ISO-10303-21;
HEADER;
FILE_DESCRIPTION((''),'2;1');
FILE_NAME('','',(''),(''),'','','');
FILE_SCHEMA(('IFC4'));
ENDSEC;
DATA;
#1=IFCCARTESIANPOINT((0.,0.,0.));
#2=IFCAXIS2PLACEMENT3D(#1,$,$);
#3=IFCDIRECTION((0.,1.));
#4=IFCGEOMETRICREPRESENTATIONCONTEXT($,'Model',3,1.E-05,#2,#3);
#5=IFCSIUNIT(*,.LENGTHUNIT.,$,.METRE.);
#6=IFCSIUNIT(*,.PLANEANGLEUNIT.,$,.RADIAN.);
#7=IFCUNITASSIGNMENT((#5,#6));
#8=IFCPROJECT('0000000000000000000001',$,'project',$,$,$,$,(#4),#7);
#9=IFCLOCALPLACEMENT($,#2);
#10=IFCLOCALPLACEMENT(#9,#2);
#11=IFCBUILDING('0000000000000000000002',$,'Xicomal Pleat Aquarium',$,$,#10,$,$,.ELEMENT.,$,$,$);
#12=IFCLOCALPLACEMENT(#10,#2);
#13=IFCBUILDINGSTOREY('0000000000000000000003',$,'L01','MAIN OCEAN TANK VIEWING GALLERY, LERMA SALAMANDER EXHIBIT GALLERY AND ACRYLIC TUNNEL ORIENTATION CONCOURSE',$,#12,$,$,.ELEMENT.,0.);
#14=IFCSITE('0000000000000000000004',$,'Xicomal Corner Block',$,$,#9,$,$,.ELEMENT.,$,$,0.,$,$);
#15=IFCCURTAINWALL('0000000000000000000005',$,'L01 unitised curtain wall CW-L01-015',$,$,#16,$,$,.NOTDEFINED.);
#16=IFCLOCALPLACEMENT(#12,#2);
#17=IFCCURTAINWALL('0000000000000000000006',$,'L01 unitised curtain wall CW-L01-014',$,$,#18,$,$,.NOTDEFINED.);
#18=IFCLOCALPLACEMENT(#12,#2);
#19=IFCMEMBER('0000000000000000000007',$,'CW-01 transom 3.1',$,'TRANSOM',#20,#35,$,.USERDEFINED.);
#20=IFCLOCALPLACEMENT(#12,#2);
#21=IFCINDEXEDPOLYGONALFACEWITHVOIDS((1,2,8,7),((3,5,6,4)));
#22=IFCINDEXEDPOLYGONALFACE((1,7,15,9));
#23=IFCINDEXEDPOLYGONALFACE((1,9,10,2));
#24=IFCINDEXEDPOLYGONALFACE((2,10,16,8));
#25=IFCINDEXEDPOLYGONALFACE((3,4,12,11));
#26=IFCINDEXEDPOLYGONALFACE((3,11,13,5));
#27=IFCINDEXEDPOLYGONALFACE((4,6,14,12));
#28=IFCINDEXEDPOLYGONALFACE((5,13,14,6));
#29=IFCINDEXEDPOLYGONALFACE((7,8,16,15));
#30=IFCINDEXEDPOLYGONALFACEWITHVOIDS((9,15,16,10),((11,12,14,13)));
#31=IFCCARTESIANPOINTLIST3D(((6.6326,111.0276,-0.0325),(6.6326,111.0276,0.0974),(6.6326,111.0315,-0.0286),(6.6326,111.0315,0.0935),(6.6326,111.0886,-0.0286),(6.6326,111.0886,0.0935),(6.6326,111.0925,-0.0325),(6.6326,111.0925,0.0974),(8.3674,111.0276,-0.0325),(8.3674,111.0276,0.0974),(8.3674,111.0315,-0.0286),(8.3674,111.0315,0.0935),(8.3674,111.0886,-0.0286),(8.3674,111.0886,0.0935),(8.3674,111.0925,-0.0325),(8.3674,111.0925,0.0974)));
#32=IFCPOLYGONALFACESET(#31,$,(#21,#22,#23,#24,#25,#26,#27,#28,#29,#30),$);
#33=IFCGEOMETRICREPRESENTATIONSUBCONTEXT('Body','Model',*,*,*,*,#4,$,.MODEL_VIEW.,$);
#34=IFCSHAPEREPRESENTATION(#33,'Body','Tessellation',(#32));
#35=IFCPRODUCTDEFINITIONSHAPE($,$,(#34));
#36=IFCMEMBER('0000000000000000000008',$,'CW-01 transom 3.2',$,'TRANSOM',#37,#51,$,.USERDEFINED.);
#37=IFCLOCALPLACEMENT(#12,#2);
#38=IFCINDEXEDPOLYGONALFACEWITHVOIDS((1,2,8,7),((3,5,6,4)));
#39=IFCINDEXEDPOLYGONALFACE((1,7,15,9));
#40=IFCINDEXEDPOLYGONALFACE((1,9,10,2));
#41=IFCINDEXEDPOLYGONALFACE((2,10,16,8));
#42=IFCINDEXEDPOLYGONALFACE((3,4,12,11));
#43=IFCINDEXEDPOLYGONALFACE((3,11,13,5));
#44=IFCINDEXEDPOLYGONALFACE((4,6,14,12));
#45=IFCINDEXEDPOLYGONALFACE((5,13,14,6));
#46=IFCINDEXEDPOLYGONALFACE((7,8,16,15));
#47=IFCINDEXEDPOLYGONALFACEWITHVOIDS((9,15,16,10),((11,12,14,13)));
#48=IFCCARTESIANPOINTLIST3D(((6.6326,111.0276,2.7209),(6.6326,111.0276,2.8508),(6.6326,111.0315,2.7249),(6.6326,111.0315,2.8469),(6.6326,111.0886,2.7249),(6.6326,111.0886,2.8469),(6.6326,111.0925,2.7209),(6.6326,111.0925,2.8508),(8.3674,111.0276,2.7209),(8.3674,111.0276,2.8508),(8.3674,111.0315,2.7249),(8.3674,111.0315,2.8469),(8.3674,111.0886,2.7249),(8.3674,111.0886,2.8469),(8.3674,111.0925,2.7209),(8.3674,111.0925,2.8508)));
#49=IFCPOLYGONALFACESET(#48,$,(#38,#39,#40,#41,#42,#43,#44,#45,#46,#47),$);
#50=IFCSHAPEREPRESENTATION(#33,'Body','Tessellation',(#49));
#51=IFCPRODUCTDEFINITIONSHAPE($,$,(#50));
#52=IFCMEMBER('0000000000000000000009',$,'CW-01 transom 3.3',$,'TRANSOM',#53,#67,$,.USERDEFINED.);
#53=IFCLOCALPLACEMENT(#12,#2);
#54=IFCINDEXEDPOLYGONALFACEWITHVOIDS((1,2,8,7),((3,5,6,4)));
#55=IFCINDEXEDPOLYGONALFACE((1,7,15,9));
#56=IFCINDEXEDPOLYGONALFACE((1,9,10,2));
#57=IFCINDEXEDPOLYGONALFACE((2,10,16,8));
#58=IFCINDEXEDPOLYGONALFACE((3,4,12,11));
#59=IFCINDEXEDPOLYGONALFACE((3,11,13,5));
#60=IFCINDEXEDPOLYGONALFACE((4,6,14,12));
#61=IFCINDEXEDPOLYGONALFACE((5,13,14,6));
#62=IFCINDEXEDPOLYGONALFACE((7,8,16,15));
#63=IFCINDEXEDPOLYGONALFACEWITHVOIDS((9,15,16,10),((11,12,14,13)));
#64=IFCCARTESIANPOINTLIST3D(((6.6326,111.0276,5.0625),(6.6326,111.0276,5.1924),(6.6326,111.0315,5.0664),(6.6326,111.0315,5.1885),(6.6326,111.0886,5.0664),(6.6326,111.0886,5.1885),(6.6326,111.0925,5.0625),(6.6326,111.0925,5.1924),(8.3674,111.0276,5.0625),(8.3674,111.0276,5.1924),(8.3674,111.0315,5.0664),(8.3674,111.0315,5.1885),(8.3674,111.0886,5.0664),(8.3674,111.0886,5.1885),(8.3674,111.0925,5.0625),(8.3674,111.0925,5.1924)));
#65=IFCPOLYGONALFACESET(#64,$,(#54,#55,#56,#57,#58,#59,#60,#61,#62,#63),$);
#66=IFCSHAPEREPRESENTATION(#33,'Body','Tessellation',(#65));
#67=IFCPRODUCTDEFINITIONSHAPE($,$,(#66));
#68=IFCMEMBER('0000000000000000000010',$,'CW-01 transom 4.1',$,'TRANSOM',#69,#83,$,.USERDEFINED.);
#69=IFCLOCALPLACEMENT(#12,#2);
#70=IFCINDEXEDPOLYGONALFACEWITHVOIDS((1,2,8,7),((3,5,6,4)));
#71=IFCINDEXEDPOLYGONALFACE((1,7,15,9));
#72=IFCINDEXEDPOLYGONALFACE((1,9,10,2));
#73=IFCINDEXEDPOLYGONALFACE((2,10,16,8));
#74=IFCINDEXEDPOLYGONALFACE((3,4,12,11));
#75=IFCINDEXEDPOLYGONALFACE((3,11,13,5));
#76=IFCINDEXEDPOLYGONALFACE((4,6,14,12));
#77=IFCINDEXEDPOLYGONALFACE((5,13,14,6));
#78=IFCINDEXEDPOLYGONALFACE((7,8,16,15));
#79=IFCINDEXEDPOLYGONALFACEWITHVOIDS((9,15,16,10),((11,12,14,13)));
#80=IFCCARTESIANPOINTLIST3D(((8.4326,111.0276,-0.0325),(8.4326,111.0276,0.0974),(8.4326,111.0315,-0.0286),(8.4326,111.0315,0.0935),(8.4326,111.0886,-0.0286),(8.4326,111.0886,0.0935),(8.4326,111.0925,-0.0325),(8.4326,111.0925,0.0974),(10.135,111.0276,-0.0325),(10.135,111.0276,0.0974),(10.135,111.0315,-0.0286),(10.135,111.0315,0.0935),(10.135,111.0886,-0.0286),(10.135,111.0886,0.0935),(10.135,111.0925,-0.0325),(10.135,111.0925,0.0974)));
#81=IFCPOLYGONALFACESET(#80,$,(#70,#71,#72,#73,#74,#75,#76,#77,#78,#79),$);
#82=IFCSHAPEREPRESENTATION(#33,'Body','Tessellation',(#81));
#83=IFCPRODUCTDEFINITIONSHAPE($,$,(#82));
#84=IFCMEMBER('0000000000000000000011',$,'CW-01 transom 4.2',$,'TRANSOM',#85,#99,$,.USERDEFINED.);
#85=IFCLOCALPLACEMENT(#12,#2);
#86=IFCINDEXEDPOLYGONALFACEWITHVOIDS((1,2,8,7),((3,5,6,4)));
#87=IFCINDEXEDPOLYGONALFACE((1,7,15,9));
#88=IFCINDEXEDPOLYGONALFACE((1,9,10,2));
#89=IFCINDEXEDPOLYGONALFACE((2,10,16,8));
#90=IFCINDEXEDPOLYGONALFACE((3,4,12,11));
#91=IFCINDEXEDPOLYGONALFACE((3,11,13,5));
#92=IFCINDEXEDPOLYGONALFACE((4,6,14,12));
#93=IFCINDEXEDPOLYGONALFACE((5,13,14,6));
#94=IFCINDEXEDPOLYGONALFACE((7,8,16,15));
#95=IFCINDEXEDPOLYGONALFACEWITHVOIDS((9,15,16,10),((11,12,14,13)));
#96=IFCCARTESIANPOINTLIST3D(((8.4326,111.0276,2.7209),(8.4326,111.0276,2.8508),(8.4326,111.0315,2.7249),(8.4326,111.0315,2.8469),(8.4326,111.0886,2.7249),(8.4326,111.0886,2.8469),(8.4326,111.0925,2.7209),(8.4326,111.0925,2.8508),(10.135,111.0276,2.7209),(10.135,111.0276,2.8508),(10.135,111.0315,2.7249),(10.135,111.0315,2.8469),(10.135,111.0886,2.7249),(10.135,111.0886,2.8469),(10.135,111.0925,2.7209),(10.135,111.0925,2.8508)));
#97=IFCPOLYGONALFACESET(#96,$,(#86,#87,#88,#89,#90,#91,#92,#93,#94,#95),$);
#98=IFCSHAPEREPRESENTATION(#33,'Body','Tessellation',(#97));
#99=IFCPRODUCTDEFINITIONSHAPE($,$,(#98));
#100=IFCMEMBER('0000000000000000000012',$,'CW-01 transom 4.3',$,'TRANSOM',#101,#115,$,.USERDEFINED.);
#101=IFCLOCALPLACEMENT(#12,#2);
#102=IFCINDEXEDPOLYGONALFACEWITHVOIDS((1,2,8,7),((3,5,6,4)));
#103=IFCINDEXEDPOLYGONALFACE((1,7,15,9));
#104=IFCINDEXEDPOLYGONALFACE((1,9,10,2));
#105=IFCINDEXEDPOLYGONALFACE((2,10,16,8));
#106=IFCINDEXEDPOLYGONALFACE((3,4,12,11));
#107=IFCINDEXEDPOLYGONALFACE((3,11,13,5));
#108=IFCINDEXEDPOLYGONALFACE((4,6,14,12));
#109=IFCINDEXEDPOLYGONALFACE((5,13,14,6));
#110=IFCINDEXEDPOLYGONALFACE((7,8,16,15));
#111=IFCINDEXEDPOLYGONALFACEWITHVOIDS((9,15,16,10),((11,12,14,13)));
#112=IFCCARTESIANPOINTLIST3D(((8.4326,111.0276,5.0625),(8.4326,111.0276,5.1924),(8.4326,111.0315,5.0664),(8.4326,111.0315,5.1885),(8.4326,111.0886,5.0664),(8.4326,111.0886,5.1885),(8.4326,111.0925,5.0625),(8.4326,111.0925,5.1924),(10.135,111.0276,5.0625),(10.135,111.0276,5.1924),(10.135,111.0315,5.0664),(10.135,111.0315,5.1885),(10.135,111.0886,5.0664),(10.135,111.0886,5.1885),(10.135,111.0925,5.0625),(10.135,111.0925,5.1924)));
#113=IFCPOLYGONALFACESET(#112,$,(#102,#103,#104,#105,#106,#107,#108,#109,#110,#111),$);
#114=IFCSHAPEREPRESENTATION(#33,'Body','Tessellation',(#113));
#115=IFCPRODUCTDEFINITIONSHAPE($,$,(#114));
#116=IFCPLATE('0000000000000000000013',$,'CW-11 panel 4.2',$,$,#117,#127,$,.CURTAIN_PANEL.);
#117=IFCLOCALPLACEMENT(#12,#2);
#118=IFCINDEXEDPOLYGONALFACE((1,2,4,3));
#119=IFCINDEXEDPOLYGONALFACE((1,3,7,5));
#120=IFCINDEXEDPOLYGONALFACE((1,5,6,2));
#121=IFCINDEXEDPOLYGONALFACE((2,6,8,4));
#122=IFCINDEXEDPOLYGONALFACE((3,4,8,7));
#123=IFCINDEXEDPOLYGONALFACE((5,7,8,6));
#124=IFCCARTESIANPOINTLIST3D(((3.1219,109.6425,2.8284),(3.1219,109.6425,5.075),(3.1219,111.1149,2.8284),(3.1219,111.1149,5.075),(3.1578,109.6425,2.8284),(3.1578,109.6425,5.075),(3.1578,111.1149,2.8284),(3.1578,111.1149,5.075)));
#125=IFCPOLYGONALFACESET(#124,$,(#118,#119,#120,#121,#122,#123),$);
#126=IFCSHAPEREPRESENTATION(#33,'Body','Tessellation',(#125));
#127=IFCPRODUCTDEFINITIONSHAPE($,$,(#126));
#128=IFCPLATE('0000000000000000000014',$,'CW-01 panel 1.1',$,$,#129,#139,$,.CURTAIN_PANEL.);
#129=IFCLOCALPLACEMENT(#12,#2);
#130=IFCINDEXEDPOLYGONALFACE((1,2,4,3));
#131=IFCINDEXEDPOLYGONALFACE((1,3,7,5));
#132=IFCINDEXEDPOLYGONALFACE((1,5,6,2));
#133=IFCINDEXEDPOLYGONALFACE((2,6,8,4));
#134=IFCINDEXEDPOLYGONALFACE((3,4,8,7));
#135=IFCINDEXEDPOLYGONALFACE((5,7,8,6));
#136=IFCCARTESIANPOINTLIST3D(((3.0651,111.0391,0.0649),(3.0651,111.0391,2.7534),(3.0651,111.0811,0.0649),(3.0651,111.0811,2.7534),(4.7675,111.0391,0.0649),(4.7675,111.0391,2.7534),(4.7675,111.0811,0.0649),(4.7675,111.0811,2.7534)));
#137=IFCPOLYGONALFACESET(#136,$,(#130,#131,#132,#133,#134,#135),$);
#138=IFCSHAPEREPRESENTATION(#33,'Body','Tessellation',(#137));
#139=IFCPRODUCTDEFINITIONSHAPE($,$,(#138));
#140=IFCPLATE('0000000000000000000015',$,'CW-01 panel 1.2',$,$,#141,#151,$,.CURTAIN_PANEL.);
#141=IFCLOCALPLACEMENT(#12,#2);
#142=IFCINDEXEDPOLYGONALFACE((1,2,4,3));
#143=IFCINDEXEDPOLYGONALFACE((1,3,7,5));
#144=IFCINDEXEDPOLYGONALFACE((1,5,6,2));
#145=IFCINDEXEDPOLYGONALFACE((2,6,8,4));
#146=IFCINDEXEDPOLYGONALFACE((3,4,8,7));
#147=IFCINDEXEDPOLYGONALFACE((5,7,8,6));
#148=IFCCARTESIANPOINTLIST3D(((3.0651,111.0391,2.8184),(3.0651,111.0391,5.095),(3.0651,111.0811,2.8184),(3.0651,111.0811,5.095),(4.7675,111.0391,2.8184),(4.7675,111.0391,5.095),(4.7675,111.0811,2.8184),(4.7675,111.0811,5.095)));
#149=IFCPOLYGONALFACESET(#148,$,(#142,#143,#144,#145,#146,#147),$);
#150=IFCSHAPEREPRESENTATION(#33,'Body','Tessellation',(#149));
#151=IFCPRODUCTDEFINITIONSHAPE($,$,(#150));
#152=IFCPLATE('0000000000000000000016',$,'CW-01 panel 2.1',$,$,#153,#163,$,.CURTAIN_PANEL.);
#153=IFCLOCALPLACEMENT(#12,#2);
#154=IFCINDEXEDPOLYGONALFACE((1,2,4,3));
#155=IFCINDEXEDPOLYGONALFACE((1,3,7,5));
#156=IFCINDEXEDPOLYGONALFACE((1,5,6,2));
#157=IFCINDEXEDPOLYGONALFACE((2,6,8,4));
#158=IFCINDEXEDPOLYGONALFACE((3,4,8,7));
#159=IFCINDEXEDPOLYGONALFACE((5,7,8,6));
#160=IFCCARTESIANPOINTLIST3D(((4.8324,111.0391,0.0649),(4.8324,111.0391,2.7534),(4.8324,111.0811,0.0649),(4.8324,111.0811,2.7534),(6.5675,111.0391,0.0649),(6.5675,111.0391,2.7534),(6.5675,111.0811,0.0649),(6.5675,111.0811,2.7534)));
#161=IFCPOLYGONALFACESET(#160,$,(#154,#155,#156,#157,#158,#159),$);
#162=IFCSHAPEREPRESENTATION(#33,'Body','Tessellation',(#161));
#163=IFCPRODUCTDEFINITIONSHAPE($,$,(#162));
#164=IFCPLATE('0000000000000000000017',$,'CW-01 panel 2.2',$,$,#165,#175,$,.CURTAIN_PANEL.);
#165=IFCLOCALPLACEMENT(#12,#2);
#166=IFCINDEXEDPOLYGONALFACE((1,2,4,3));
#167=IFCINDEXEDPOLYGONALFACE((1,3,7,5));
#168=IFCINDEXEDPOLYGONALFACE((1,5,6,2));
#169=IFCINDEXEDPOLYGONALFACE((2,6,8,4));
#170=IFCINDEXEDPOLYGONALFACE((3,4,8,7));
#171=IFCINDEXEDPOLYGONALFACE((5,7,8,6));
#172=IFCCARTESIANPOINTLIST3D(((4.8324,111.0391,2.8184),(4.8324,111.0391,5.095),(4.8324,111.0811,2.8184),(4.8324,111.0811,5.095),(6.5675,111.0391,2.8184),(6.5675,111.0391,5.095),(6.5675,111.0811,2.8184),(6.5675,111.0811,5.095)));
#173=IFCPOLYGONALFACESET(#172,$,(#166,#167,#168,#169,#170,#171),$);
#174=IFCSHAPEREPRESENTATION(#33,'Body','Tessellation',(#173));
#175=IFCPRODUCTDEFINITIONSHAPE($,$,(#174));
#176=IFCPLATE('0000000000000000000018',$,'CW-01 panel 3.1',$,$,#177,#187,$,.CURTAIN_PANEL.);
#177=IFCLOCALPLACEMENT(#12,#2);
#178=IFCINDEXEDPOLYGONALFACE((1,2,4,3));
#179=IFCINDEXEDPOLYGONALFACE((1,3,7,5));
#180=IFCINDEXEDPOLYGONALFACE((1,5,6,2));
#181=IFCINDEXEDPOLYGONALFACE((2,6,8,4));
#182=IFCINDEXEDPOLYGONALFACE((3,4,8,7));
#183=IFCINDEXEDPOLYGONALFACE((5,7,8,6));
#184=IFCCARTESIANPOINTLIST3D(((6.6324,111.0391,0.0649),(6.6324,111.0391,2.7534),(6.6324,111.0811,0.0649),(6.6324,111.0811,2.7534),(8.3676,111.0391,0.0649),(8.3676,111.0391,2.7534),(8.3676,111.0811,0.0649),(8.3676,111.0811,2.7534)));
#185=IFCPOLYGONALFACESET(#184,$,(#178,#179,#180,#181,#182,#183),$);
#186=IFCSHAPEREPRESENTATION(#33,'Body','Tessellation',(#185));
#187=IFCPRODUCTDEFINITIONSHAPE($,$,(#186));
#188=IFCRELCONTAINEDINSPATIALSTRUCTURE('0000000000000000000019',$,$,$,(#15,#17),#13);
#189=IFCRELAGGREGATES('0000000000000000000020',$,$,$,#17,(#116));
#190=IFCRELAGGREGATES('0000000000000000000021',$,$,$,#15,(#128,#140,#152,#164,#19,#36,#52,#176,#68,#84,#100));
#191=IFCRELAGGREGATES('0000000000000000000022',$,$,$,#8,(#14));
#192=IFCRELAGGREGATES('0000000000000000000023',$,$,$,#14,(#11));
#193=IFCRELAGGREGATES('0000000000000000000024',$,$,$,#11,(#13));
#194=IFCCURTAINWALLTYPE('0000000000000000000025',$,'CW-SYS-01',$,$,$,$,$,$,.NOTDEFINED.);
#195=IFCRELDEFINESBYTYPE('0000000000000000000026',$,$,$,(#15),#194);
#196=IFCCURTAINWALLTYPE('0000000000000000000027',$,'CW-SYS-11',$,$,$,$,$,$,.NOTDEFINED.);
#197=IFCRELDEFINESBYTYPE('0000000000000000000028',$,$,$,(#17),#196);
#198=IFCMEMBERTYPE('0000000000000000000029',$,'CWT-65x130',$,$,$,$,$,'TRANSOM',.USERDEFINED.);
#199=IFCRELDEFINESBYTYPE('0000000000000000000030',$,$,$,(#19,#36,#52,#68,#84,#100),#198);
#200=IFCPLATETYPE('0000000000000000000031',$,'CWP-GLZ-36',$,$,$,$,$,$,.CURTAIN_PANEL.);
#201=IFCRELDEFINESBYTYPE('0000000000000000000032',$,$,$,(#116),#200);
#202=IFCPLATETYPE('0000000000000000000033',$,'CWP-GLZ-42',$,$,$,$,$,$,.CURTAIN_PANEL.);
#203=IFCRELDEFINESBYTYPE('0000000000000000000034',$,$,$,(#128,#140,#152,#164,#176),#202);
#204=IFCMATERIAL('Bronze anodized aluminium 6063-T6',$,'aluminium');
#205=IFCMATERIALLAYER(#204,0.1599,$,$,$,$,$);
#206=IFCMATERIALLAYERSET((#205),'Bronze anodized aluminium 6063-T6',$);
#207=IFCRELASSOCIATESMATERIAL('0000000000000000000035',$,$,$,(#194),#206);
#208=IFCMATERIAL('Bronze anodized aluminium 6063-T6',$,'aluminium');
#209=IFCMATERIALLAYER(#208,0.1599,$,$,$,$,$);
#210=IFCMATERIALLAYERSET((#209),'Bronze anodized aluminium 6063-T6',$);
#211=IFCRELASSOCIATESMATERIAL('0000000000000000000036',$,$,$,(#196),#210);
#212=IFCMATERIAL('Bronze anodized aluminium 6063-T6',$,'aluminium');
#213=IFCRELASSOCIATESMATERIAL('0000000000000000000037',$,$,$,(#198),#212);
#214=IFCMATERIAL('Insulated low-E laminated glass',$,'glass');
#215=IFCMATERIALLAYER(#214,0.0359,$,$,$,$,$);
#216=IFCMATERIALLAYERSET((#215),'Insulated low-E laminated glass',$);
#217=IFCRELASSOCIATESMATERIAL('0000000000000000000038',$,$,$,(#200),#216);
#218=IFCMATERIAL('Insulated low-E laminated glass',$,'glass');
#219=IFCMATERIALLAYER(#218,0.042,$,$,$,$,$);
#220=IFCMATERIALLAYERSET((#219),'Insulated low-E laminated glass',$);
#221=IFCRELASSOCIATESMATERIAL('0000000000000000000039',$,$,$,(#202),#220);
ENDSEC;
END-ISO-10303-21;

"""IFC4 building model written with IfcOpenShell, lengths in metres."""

from ifc_helpers import new_model, si_unit, direction, frame, origin, origin_2d, place, context, subcontext, project, spatial, rectangle, hollow_rectangle, extrude, material, layer, layer_set, material_profile, profile_set, type_object, element, aggregate, save


model = new_model("IFC4")

# Units and contexts
model_context = context("Model", 3, precision=1e-05, world=origin(), true_north=direction((0.0, 1.0)))
body_context = subcontext(model_context, "Body", "Model", "MODEL_VIEW")
ifc_project = project(units=[si_unit("LENGTHUNIT", "METRE"), si_unit("PLANEANGLEUNIT", "RADIAN")], contexts=[model_context])

# Site, building, storey
site_placement = place(None, origin())
site = spatial("IfcSite", under=ifc_project, at=site_placement, Name="Xicomal Corner Block", CompositionType="ELEMENT", RefElevation=0.0)
building_placement = place(site_placement, origin())
building = spatial("IfcBuilding", under=site, at=building_placement, Name="Xicomal Pleat Aquarium", CompositionType="ELEMENT")
storey_placement = place(building_placement, origin())
storey = spatial("IfcBuildingStorey", under=building, at=storey_placement, Name="L01", Description="MAIN OCEAN TANK VIEWING GALLERY, LERMA SALAMANDER EXHIBIT GALLERY AND ACRYLIC TUNNEL ORIENTATION CONCOURSE", CompositionType="ELEMENT", Elevation=0.0)

# Curtain wall
ifc_material_1 = material(Name="Bronze anodized aluminium 6063-T6", Category="aluminium")
ifc_layer_1 = layer(ifc_material_1, 0.1599)
ifc_layer_set_1 = layer_set([ifc_layer_1], Name="Bronze anodized aluminium 6063-T6")
curtain_wall_type_1 = type_object("IfcCurtainWallType", Name="CW-SYS-01", PredefinedType="NOTDEFINED", material=ifc_layer_set_1)
curtain_wall_1_placement = place(storey_placement, origin())
curtain_wall_1 = element("IfcCurtainWall", 1, at=curtain_wall_1_placement, inside=storey, type_object=curtain_wall_type_1, Name="L01 unitised curtain wall CW-L01-015", PredefinedType="NOTDEFINED")

# Curtain wall
ifc_material_2 = material(Name="Bronze anodized aluminium 6063-T6", Category="aluminium")
ifc_layer_2 = layer(ifc_material_2, 0.1599)
ifc_layer_set_2 = layer_set([ifc_layer_2], Name="Bronze anodized aluminium 6063-T6")
curtain_wall_type_2 = type_object("IfcCurtainWallType", Name="CW-SYS-11", PredefinedType="NOTDEFINED", material=ifc_layer_set_2)
curtain_wall_2_placement = place(storey_placement, origin())
curtain_wall_2 = element("IfcCurtainWall", 2, at=curtain_wall_2_placement, inside=storey, type_object=curtain_wall_type_2, Name="L01 unitised curtain wall CW-L01-014", PredefinedType="NOTDEFINED")

# Members
ifc_material_3 = material(Name="Bronze anodized aluminium 6063-T6", Category="aluminium")
ifc_material_profile_1 = material_profile(ifc_material_3, hollow_rectangle(XDim=0.0649, YDim=0.1299, WallThickness=0.0039, at=origin_2d()), Name="ALU TRAN 65x130")
ifc_profile_set_1 = profile_set([ifc_material_profile_1], Name="Bronze anodized aluminium 6063-T6")
member_type_1 = type_object("IfcMemberType", Name="CWT-65x130", ElementType="TRANSOM", PredefinedType="USERDEFINED", material=ifc_profile_set_1)
member_1_placement = place(storey_placement, frame((6.6326, 111.0601, 0.0325), z_axis=(1.0, 0.0, 0.0), x_axis=(0.0, 1.0, 0.0)))
member_1 = element("IfcMember", 3, at=member_1_placement, type_object=member_type_1, Name="CW-01 transom 3.1", ObjectType="TRANSOM", PredefinedType="USERDEFINED", context=body_context, shape_type="SweptSolid", body=[
    extrude(hollow_rectangle(XDim=0.0649, YDim=0.1299, WallThickness=0.0039, at=origin_2d()), origin(), (0.0, 0.0, 1.0), 1.7349),
])
member_2_placement = place(storey_placement, frame((6.6326, 111.0601, 2.7859), z_axis=(1.0, 0.0, 0.0), x_axis=(0.0, 1.0, 0.0)))
member_2 = element("IfcMember", 4, at=member_2_placement, type_object=member_type_1, Name="CW-01 transom 3.2", ObjectType="TRANSOM", PredefinedType="USERDEFINED", context=body_context, shape_type="SweptSolid", body=[
    extrude(hollow_rectangle(XDim=0.0649, YDim=0.1299, WallThickness=0.0039, at=origin_2d()), origin(), (0.0, 0.0, 1.0), 1.7349),
])
member_3_placement = place(storey_placement, frame((6.6326, 111.0601, 5.1274), z_axis=(1.0, 0.0, 0.0), x_axis=(0.0, 1.0, 0.0)))
member_3 = element("IfcMember", 5, at=member_3_placement, type_object=member_type_1, Name="CW-01 transom 3.3", ObjectType="TRANSOM", PredefinedType="USERDEFINED", context=body_context, shape_type="SweptSolid", body=[
    extrude(hollow_rectangle(XDim=0.0649, YDim=0.1299, WallThickness=0.0039, at=origin_2d()), origin(), (0.0, 0.0, 1.0), 1.7349),
])
member_4_placement = place(storey_placement, frame((8.4326, 111.0601, 0.0325), z_axis=(1.0, 0.0, 0.0), x_axis=(0.0, 1.0, 0.0)))
member_4 = element("IfcMember", 6, at=member_4_placement, type_object=member_type_1, Name="CW-01 transom 4.1", ObjectType="TRANSOM", PredefinedType="USERDEFINED", context=body_context, shape_type="SweptSolid", body=[
    extrude(hollow_rectangle(XDim=0.0649, YDim=0.1299, WallThickness=0.0039, at=origin_2d()), origin(), (0.0, 0.0, 1.0), 1.7024),
])
member_5_placement = place(storey_placement, frame((8.4326, 111.0601, 2.7859), z_axis=(1.0, 0.0, 0.0), x_axis=(0.0, 1.0, 0.0)))
member_5 = element("IfcMember", 7, at=member_5_placement, type_object=member_type_1, Name="CW-01 transom 4.2", ObjectType="TRANSOM", PredefinedType="USERDEFINED", context=body_context, shape_type="SweptSolid", body=[
    extrude(hollow_rectangle(XDim=0.0649, YDim=0.1299, WallThickness=0.0039, at=origin_2d()), origin(), (0.0, 0.0, 1.0), 1.7024),
])
member_6_placement = place(storey_placement, frame((8.4326, 111.0601, 5.1274), z_axis=(1.0, 0.0, 0.0), x_axis=(0.0, 1.0, 0.0)))
member_6 = element("IfcMember", 8, at=member_6_placement, type_object=member_type_1, Name="CW-01 transom 4.3", ObjectType="TRANSOM", PredefinedType="USERDEFINED", context=body_context, shape_type="SweptSolid", body=[
    extrude(hollow_rectangle(XDim=0.0649, YDim=0.1299, WallThickness=0.0039, at=origin_2d()), origin(), (0.0, 0.0, 1.0), 1.7024),
])

# Plates
ifc_material_4 = material(Name="Insulated low-E laminated glass", Category="glass")
ifc_layer_3 = layer(ifc_material_4, 0.0359)
ifc_layer_set_3 = layer_set([ifc_layer_3], Name="Insulated low-E laminated glass")
plate_type_1 = type_object("IfcPlateType", Name="CWP-GLZ-36", PredefinedType="CURTAIN_PANEL", material=ifc_layer_set_3)
plate_1_placement = place(storey_placement, frame((3.1399, 110.3787, 2.8284), z_axis=(0.0, 0.0, 1.0), x_axis=(0.0, 1.0, 0.0)))
plate_1 = element("IfcPlate", 9, at=plate_1_placement, type_object=plate_type_1, Name="CW-11 panel 4.2", PredefinedType="CURTAIN_PANEL", context=body_context, shape_type="SweptSolid", body=[
    extrude(rectangle(XDim=1.4724, YDim=0.0359, at=origin_2d()), origin(), (0.0, 0.0, 1.0), 2.2466),
])
aggregate(curtain_wall_2, [plate_1])
ifc_material_5 = material(Name="Insulated low-E laminated glass", Category="glass")
ifc_layer_4 = layer(ifc_material_5, 0.042)
ifc_layer_set_4 = layer_set([ifc_layer_4], Name="Insulated low-E laminated glass")
plate_type_2 = type_object("IfcPlateType", Name="CWP-GLZ-42", PredefinedType="CURTAIN_PANEL", material=ifc_layer_set_4)
plate_2_placement = place(storey_placement, frame((3.9163, 111.0601, 0.0649), z_axis=(0.0, 0.0, 1.0), x_axis=(1.0, 0.0, 0.0)))
plate_2 = element("IfcPlate", 10, at=plate_2_placement, type_object=plate_type_2, Name="CW-01 panel 1.1", PredefinedType="CURTAIN_PANEL", context=body_context, shape_type="SweptSolid", body=[
    extrude(rectangle(XDim=1.7024, YDim=0.042, at=origin_2d()), origin(), (0.0, 0.0, 1.0), 2.6885),
])
plate_3_placement = place(storey_placement, frame((3.9163, 111.0601, 2.8184), z_axis=(0.0, 0.0, 1.0), x_axis=(1.0, 0.0, 0.0)))
plate_3 = element("IfcPlate", 11, at=plate_3_placement, type_object=plate_type_2, Name="CW-01 panel 1.2", PredefinedType="CURTAIN_PANEL", context=body_context, shape_type="SweptSolid", body=[
    extrude(rectangle(XDim=1.7024, YDim=0.042, at=origin_2d()), origin(), (0.0, 0.0, 1.0), 2.2766),
])
plate_4_placement = place(storey_placement, frame((5.7, 111.0601, 0.0649), z_axis=(0.0, 0.0, 1.0), x_axis=(1.0, 0.0, 0.0)))
plate_4 = element("IfcPlate", 12, at=plate_4_placement, type_object=plate_type_2, Name="CW-01 panel 2.1", PredefinedType="CURTAIN_PANEL", context=body_context, shape_type="SweptSolid", body=[
    extrude(rectangle(XDim=1.7351, YDim=0.042, at=origin_2d()), origin(), (0.0, 0.0, 1.0), 2.6885),
])
plate_5_placement = place(storey_placement, frame((5.7, 111.0601, 2.8184), z_axis=(0.0, 0.0, 1.0), x_axis=(1.0, 0.0, 0.0)))
plate_5 = element("IfcPlate", 13, at=plate_5_placement, type_object=plate_type_2, Name="CW-01 panel 2.2", PredefinedType="CURTAIN_PANEL", context=body_context, shape_type="SweptSolid", body=[
    extrude(rectangle(XDim=1.7351, YDim=0.042, at=origin_2d()), origin(), (0.0, 0.0, 1.0), 2.2766),
])
plate_6_placement = place(storey_placement, frame((7.5, 111.0601, 0.0649), z_axis=(0.0, 0.0, 1.0), x_axis=(1.0, 0.0, 0.0)))
plate_6 = element("IfcPlate", 14, at=plate_6_placement, type_object=plate_type_2, Name="CW-01 panel 3.1", PredefinedType="CURTAIN_PANEL", context=body_context, shape_type="SweptSolid", body=[
    extrude(rectangle(XDim=1.7351, YDim=0.042, at=origin_2d()), origin(), (0.0, 0.0, 1.0), 2.6885),
])
aggregate(curtain_wall_1, [plate_2, plate_3, plate_4, plate_5, member_1, member_2, member_3, plate_6, member_4, member_5, member_6])

save(model, "model.ifc")
